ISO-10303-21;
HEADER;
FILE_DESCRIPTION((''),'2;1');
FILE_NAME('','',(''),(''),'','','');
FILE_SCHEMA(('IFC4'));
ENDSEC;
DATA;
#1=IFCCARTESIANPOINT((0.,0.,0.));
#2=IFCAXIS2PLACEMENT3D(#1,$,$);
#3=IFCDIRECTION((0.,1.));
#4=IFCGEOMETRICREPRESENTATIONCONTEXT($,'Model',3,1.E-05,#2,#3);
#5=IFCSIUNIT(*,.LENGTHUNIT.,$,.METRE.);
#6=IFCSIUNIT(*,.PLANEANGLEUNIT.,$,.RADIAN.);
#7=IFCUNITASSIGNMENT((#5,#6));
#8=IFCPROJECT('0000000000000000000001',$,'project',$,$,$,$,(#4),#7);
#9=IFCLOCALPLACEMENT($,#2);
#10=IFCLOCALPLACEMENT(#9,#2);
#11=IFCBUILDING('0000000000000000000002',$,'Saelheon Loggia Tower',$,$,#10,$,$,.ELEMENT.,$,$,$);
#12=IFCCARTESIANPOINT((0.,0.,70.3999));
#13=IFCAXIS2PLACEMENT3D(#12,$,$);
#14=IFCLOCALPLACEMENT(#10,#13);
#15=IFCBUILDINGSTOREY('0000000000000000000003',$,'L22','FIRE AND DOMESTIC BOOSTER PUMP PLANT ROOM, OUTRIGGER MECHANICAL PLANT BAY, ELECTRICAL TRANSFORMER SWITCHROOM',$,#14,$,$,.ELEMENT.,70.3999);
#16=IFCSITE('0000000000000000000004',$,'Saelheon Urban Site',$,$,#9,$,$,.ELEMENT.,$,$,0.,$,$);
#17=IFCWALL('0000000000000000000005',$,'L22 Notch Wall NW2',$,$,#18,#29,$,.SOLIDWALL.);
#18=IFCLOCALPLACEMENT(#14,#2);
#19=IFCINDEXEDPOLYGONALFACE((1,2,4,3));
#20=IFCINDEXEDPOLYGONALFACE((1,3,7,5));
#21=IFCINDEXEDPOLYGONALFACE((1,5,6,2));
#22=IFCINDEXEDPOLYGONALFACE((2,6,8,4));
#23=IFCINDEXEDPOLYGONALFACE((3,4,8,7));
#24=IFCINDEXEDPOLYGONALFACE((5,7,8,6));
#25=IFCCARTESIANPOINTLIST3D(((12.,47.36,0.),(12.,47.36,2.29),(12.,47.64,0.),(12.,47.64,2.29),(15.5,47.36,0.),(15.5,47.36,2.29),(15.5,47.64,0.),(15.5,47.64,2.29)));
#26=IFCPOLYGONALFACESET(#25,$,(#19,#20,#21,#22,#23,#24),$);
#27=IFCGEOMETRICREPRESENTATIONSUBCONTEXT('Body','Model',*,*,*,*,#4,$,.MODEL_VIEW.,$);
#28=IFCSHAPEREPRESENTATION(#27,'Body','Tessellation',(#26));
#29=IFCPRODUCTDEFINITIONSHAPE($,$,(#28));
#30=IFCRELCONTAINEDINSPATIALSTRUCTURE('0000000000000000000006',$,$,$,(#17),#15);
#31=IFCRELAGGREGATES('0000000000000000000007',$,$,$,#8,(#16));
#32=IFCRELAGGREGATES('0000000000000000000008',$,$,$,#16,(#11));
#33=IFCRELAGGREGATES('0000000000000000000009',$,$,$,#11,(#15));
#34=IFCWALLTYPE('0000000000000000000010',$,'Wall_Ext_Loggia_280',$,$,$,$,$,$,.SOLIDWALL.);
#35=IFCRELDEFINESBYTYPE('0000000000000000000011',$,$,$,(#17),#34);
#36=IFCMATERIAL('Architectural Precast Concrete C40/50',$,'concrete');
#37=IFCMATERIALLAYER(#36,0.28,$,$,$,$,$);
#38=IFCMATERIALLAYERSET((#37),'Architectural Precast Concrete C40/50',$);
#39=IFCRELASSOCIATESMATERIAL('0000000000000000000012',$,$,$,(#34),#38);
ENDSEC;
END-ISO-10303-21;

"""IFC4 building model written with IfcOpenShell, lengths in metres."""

from ifc_helpers import new_model, si_unit, direction, frame, frame_2d, origin, place, context, subcontext, project, spatial, rectangle, extrude, material, layer, layer_set, type_object, element, save


model = new_model("IFC4")

# Units and contexts
model_context = context("Model", 3, precision=1e-05, world=origin(), true_north=direction((0.0, 1.0)))
body_context = subcontext(model_context, "Body", "Model", "MODEL_VIEW")
ifc_project = project(units=[si_unit("LENGTHUNIT", "METRE"), si_unit("PLANEANGLEUNIT", "RADIAN")], contexts=[model_context])

# Site, building, storey
site_placement = place(None, origin())
site = spatial("IfcSite", under=ifc_project, at=site_placement, Name="Saelheon Urban Site", CompositionType="ELEMENT", RefElevation=0.0)
building_placement = place(site_placement, origin())
building = spatial("IfcBuilding", under=site, at=building_placement, Name="Saelheon Loggia Tower", CompositionType="ELEMENT")
storey_placement = place(building_placement, frame((0.0, 0.0, 70.3999)))
storey = spatial("IfcBuildingStorey", under=building, at=storey_placement, Name="L22", Description="FIRE AND DOMESTIC BOOSTER PUMP PLANT ROOM, OUTRIGGER MECHANICAL PLANT BAY, ELECTRICAL TRANSFORMER SWITCHROOM", CompositionType="ELEMENT", Elevation=70.3999)

# Wall
ifc_material_1 = material(Name="Architectural Precast Concrete C40/50", Category="concrete")
ifc_layer_1 = layer(ifc_material_1, 0.28)
ifc_layer_set_1 = layer_set([ifc_layer_1], Name="Architectural Precast Concrete C40/50")
wall_type = type_object("IfcWallType", Name="Wall_Ext_Loggia_280", PredefinedType="SOLIDWALL", material=ifc_layer_set_1)
wall_placement = place(storey_placement, frame((12.0, 47.5, 0.0), z_axis=(0.0, 0.0, 1.0), x_axis=(1.0, 0.0, 0.0)))
element("IfcWall", 1, at=wall_placement, inside=storey, type_object=wall_type, Name="L22 Notch Wall NW2", PredefinedType="SOLIDWALL", context=body_context, shape_type="SweptSolid", body=[
    extrude(rectangle(XDim=3.5, YDim=0.28, at=frame_2d((1.75, 0.0))), origin(), (0.0, 0.0, 1.0), 2.29),
])

save(model, "model.ifc")
